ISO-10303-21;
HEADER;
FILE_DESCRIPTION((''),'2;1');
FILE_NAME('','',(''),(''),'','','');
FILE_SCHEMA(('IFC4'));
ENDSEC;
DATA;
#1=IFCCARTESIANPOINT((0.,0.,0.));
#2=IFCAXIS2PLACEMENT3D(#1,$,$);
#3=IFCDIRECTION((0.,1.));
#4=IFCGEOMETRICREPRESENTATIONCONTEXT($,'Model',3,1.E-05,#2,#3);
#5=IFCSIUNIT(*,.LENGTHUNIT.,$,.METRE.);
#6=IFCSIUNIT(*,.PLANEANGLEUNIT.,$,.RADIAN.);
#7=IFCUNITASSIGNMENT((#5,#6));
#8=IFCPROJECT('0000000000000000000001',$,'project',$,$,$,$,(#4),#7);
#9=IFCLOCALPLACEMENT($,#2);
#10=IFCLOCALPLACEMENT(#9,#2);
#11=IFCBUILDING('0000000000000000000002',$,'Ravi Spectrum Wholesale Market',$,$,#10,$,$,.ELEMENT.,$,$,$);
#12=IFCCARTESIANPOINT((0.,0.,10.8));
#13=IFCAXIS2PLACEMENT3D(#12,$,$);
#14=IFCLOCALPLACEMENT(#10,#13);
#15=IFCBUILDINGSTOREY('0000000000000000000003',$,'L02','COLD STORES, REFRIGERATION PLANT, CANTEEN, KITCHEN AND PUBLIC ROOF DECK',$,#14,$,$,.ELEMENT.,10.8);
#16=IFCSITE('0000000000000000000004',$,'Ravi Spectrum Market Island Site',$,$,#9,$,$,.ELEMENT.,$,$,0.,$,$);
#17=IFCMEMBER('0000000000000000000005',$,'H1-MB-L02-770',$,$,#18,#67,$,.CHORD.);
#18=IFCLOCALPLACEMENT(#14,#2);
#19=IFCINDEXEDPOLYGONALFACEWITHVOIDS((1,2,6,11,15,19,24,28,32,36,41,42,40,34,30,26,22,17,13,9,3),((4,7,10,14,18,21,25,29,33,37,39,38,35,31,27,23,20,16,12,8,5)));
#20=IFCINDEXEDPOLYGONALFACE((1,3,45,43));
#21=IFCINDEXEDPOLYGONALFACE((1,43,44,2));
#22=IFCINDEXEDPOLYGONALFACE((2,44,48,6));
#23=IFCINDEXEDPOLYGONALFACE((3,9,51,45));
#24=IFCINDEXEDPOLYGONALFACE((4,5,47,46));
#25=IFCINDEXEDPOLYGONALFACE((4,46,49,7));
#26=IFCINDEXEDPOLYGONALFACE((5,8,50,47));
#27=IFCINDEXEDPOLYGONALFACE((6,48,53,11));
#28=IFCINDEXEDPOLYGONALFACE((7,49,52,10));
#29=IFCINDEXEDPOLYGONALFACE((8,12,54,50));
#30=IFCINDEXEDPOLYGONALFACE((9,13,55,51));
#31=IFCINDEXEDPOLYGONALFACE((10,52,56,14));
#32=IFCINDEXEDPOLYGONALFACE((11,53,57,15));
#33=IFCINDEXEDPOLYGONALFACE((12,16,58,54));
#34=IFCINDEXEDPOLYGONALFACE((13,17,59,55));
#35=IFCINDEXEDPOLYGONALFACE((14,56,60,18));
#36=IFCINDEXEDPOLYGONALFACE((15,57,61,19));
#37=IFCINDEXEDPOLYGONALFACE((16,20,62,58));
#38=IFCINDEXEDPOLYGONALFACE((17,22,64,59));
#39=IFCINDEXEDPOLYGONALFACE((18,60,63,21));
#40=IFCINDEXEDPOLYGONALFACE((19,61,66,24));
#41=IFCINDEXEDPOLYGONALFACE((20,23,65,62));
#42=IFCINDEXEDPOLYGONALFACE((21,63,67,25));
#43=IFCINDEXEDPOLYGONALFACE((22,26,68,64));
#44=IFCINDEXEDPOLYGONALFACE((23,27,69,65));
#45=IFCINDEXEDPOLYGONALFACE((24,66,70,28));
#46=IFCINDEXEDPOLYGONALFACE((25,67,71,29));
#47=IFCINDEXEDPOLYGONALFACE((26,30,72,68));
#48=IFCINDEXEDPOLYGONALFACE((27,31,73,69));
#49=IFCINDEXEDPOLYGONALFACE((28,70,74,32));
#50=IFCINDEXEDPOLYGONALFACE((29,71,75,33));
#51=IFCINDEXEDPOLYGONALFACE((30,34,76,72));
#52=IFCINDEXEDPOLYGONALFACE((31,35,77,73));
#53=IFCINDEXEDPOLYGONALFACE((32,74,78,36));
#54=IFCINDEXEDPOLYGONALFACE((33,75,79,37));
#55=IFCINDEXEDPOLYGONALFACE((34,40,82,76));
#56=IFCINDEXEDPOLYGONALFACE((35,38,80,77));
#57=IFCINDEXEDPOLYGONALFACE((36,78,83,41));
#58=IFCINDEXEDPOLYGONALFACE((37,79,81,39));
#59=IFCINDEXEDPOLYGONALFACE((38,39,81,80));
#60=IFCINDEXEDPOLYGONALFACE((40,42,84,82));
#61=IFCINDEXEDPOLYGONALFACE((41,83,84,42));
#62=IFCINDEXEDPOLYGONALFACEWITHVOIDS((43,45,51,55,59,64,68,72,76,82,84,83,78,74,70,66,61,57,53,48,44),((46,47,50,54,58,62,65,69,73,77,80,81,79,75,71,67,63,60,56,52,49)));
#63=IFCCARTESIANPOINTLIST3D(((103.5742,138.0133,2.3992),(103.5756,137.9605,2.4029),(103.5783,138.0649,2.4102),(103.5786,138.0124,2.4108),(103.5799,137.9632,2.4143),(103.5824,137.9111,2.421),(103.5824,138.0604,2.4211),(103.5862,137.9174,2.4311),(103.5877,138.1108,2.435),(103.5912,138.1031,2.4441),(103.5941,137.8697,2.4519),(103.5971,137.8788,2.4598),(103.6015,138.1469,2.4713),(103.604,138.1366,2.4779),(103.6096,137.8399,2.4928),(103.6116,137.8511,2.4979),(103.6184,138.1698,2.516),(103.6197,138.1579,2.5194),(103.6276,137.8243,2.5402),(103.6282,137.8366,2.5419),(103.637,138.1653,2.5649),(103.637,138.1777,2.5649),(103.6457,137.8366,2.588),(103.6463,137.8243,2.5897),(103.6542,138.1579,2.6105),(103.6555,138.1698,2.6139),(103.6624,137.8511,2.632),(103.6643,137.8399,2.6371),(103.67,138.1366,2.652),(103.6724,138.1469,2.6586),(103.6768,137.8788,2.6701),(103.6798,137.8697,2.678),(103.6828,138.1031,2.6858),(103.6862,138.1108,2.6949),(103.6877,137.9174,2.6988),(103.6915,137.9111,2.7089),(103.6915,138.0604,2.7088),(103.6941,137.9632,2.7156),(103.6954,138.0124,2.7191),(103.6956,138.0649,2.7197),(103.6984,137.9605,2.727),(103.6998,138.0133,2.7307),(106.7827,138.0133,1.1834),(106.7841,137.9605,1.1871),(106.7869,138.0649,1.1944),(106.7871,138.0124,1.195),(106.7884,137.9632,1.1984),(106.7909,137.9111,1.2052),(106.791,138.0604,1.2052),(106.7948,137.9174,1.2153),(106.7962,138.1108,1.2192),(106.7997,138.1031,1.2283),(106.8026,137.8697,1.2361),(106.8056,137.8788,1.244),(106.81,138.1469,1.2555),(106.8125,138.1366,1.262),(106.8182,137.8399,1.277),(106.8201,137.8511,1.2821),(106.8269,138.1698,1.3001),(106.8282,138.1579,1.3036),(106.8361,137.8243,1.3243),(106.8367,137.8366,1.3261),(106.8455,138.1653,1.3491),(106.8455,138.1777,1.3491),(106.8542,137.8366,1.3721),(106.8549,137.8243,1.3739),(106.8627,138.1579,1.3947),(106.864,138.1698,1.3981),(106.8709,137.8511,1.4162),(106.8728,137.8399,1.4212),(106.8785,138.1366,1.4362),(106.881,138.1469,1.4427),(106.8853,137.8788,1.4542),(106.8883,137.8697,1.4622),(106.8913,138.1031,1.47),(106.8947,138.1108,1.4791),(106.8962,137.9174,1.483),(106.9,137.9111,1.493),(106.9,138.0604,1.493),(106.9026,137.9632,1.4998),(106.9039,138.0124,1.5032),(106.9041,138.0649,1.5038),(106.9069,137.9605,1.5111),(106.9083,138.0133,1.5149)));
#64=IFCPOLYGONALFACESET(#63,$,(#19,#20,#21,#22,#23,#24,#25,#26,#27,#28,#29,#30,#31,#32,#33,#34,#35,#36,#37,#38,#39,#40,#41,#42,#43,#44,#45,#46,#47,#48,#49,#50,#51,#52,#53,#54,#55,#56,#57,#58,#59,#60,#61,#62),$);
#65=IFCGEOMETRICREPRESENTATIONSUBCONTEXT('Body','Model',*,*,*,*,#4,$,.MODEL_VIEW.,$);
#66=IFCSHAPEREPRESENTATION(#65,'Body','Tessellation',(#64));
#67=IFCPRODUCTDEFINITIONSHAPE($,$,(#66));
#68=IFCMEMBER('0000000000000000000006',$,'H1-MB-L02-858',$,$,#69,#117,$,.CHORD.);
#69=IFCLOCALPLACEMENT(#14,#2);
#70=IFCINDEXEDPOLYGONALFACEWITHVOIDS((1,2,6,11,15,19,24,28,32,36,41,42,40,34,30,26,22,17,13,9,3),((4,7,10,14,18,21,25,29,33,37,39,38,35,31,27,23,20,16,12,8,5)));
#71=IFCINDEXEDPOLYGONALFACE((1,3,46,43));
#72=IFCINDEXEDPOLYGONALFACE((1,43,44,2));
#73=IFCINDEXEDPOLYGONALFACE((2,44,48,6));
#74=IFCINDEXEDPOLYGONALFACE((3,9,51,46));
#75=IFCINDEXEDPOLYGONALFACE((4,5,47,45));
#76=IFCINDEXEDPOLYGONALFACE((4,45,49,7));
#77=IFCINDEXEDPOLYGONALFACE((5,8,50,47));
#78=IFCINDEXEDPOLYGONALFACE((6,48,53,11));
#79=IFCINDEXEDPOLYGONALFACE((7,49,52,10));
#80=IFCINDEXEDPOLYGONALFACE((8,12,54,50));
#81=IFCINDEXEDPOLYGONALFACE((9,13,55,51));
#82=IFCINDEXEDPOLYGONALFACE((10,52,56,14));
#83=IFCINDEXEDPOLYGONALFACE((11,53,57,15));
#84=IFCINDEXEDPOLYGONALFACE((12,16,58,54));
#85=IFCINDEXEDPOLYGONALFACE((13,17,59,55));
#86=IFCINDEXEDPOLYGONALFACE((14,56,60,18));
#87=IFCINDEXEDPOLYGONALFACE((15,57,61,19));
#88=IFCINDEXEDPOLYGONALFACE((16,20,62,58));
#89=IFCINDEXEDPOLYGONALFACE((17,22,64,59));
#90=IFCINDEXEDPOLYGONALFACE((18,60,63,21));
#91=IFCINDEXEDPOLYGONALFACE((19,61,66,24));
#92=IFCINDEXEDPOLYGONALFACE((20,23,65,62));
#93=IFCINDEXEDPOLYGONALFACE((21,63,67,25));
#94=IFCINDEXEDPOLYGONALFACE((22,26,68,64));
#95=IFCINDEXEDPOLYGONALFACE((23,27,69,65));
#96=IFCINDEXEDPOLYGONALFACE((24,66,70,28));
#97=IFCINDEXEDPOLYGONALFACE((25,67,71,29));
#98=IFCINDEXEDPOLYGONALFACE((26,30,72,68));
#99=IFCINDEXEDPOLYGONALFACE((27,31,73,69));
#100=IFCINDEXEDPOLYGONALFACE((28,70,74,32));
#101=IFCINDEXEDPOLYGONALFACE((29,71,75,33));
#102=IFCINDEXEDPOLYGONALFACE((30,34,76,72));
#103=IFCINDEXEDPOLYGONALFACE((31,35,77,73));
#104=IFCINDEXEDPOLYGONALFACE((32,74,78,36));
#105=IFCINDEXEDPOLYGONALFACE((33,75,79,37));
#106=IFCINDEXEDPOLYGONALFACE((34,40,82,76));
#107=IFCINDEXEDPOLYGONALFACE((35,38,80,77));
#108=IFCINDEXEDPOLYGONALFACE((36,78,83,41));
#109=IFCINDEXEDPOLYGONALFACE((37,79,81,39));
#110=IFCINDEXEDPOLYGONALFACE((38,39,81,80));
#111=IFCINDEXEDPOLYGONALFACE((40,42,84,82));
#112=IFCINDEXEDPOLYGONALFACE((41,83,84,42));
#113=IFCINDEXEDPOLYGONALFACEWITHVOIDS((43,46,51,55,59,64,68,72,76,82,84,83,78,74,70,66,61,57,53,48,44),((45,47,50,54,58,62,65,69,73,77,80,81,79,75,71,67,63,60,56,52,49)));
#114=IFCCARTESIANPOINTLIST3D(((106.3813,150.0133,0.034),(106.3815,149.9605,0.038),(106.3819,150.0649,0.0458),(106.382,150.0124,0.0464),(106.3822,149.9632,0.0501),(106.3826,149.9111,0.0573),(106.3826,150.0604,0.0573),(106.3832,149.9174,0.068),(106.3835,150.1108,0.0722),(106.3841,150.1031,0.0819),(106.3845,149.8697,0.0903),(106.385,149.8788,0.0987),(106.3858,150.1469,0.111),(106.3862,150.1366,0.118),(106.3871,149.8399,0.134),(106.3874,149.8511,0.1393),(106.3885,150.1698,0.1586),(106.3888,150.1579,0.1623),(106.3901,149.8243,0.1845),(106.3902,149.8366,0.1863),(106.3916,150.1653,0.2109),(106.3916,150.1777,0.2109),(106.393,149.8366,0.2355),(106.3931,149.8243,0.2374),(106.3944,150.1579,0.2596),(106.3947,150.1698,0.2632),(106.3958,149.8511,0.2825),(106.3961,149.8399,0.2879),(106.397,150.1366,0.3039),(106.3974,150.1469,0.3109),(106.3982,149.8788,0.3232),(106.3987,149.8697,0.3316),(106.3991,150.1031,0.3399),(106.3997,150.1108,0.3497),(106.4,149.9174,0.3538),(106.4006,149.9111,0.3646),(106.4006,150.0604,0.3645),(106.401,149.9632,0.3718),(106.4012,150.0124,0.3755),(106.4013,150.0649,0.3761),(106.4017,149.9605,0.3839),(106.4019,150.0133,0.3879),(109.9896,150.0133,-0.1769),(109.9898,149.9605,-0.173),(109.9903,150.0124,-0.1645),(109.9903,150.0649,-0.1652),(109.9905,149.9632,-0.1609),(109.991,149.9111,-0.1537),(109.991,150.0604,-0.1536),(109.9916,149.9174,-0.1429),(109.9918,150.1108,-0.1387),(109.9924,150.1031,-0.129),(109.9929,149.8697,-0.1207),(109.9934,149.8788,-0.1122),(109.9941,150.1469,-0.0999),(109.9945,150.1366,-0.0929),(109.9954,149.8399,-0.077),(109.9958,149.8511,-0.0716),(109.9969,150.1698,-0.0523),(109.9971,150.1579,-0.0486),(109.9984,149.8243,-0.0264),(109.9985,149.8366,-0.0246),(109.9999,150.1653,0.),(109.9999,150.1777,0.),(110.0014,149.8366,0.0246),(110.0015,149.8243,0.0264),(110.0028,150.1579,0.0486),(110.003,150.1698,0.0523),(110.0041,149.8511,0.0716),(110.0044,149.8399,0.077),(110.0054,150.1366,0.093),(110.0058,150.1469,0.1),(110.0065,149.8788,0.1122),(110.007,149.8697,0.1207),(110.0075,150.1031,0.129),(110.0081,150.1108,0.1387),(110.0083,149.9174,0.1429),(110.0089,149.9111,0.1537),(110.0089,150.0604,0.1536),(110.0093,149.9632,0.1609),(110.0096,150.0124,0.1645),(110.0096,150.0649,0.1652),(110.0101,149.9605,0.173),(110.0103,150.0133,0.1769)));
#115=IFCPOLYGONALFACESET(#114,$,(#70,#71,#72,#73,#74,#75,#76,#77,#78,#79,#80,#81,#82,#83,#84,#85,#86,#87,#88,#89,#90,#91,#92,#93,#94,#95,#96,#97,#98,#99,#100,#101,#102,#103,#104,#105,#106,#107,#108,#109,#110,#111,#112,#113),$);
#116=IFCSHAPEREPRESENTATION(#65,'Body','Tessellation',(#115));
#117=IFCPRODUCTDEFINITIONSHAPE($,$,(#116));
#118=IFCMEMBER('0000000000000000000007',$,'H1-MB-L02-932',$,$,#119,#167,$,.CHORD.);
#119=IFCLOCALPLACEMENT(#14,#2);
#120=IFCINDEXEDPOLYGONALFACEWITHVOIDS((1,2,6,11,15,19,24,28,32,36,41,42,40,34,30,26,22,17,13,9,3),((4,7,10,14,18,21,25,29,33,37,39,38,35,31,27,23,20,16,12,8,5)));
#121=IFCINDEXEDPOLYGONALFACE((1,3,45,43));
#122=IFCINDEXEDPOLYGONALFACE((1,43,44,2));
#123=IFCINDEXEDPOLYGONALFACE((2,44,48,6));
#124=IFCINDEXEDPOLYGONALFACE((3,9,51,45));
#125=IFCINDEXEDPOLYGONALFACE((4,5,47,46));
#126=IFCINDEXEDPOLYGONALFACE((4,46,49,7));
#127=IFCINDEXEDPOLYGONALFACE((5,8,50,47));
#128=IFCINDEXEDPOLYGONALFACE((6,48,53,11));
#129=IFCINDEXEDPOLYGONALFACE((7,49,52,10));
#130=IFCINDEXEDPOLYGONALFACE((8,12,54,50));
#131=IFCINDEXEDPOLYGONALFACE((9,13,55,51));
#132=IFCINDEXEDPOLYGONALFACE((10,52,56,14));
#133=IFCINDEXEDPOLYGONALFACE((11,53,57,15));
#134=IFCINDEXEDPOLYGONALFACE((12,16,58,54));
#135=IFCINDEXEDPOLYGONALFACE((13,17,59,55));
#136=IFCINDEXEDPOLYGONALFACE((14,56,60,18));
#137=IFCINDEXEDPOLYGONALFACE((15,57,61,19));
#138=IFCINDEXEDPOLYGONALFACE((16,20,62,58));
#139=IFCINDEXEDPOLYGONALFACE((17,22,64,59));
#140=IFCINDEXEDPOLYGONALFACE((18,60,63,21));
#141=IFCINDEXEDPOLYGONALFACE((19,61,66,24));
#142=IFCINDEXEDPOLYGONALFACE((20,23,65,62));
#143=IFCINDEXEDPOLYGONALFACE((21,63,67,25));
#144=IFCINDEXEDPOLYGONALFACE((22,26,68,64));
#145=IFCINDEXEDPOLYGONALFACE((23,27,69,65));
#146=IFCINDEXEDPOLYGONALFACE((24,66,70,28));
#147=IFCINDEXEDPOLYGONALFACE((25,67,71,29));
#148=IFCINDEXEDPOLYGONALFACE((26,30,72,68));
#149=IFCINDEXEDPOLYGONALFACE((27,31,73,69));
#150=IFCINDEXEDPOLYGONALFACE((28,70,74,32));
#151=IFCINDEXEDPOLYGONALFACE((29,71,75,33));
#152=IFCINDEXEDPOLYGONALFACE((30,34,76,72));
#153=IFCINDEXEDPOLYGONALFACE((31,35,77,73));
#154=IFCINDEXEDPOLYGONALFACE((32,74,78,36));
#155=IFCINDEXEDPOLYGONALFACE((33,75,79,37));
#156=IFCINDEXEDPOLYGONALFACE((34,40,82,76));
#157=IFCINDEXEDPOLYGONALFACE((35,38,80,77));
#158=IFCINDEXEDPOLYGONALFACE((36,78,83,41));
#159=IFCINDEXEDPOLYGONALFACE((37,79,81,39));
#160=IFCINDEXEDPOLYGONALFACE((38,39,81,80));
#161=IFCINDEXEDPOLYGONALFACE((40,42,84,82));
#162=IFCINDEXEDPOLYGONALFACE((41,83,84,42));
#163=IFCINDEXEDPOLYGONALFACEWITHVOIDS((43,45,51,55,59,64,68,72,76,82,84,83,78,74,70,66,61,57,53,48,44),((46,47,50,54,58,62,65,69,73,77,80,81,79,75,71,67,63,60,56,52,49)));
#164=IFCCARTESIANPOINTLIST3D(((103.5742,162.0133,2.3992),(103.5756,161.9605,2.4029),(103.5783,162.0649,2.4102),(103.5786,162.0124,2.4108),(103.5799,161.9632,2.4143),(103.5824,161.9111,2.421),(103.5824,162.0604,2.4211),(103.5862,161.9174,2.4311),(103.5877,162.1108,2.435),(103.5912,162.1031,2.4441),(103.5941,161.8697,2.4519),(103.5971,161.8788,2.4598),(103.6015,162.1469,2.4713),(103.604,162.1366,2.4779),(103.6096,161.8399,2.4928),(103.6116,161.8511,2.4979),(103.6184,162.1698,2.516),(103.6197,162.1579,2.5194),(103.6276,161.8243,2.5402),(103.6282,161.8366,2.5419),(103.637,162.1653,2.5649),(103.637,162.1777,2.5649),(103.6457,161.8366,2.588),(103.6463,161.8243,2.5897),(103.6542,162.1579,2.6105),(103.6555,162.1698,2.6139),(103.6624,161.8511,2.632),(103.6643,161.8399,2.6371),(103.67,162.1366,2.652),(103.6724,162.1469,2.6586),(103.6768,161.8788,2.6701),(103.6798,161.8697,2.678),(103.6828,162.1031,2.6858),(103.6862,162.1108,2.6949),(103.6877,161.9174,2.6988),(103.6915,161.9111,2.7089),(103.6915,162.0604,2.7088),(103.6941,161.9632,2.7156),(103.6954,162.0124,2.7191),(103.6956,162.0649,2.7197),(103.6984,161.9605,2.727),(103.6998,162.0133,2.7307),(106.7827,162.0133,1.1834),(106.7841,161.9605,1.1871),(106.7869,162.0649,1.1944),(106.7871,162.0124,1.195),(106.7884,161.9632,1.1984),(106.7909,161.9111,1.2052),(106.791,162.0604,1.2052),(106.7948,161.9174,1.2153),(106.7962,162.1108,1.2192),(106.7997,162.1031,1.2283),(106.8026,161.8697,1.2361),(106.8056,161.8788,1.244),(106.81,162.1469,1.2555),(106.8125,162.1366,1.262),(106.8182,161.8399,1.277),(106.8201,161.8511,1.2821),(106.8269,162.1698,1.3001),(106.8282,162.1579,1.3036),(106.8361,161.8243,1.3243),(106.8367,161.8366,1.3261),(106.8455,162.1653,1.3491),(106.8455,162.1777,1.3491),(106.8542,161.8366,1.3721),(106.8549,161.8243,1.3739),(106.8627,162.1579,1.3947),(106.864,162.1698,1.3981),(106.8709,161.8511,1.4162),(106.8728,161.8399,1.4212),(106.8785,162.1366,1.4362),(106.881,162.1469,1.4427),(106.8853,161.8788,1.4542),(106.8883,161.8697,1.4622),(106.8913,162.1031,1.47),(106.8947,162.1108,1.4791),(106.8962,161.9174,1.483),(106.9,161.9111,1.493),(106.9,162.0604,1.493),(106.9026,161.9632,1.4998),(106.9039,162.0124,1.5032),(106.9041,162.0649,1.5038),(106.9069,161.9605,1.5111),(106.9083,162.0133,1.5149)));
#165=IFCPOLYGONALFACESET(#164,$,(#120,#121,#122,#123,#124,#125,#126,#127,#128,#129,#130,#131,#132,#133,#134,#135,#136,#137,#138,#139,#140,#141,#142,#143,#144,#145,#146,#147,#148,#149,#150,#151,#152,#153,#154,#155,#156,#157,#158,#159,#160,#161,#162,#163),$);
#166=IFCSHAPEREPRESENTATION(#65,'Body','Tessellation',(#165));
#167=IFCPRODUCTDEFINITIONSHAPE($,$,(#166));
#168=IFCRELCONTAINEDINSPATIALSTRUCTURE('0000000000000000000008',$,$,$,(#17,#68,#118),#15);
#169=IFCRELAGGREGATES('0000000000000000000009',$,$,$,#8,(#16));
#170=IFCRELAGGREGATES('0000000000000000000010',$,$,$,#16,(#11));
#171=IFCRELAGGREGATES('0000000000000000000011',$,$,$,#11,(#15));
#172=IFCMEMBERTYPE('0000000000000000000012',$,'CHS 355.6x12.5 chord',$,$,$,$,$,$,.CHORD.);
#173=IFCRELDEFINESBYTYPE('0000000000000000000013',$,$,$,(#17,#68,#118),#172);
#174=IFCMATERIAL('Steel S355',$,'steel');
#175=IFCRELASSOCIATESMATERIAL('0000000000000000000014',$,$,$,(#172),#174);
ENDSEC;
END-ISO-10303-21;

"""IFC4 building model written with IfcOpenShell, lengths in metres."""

from ifc_helpers import new_model, si_unit, direction, frame, origin, origin_2d, place, context, subcontext, project, spatial, hollow_circle, extrude, material, material_profile, profile_set, type_object, element, save


model = new_model("IFC4")

# Units and contexts
model_context = context("Model", 3, precision=1e-05, world=origin(), true_north=direction((0.0, 1.0)))
body_context = subcontext(model_context, "Body", "Model", "MODEL_VIEW")
ifc_project = project(units=[si_unit("LENGTHUNIT", "METRE"), si_unit("PLANEANGLEUNIT", "RADIAN")], contexts=[model_context])

# Site, building, storey
site_placement = place(None, origin())
site = spatial("IfcSite", under=ifc_project, at=site_placement, Name="Ravi Spectrum Market Island Site", CompositionType="ELEMENT", RefElevation=0.0)
building_placement = place(site_placement, origin())
building = spatial("IfcBuilding", under=site, at=building_placement, Name="Ravi Spectrum Wholesale Market", CompositionType="ELEMENT")
storey_placement = place(building_placement, frame((0.0, 0.0, 10.8)))
storey = spatial("IfcBuildingStorey", under=building, at=storey_placement, Name="L02", Description="COLD STORES, REFRIGERATION PLANT, CANTEEN, KITCHEN AND PUBLIC ROOF DECK", CompositionType="ELEMENT", Elevation=10.8)

# Members
ifc_material_1 = material(Name="Steel S355", Category="steel")
ifc_material_profile_1 = material_profile(ifc_material_1, hollow_circle(Radius=0.1777, WallThickness=0.0125, at=origin_2d()))
ifc_profile_set_1 = profile_set([ifc_material_profile_1], Name="Steel S355")
member_type_1 = type_object("IfcMemberType", Name="CHS 355.6x12.5 chord", PredefinedType="CHORD", material=ifc_profile_set_1)
member_1_placement = place(storey_placement, frame((103.637, 138.0, 2.5649), z_axis=(0.935113, 0.0, -0.35435), x_axis=(0.0, 1.0, 0.0)))
element("IfcMember", 1, at=member_1_placement, inside=storey, type_object=member_type_1, Name="H1-MB-L02-770", PredefinedType="CHORD", context=body_context, shape_type="SweptSolid", body=[
    extrude(hollow_circle(Radius=0.1777, WallThickness=0.0125, at=origin_2d()), origin(), (0.0, 0.0, 1.0), 3.4312),
])
member_2_placement = place(storey_placement, frame((106.3916, 150.0, 0.2109), z_axis=(0.998296, 0.0, -0.058358), x_axis=(0.0, 1.0, 0.0)))
element("IfcMember", 2, at=member_2_placement, inside=storey, type_object=member_type_1, Name="H1-MB-L02-858", PredefinedType="CHORD", context=body_context, shape_type="SweptSolid", body=[
    extrude(hollow_circle(Radius=0.1777, WallThickness=0.0125, at=origin_2d()), origin(), (0.0, 0.0, 1.0), 3.6145),
])
member_3_placement = place(storey_placement, frame((103.637, 162.0, 2.5649), z_axis=(0.935113, 0.0, -0.35435), x_axis=(0.0, 1.0, 0.0)))
element("IfcMember", 3, at=member_3_placement, inside=storey, type_object=member_type_1, Name="H1-MB-L02-932", PredefinedType="CHORD", context=body_context, shape_type="SweptSolid", body=[
    extrude(hollow_circle(Radius=0.1777, WallThickness=0.0125, at=origin_2d()), origin(), (0.0, 0.0, 1.0), 3.4312),
])

save(model, "model.ifc")
